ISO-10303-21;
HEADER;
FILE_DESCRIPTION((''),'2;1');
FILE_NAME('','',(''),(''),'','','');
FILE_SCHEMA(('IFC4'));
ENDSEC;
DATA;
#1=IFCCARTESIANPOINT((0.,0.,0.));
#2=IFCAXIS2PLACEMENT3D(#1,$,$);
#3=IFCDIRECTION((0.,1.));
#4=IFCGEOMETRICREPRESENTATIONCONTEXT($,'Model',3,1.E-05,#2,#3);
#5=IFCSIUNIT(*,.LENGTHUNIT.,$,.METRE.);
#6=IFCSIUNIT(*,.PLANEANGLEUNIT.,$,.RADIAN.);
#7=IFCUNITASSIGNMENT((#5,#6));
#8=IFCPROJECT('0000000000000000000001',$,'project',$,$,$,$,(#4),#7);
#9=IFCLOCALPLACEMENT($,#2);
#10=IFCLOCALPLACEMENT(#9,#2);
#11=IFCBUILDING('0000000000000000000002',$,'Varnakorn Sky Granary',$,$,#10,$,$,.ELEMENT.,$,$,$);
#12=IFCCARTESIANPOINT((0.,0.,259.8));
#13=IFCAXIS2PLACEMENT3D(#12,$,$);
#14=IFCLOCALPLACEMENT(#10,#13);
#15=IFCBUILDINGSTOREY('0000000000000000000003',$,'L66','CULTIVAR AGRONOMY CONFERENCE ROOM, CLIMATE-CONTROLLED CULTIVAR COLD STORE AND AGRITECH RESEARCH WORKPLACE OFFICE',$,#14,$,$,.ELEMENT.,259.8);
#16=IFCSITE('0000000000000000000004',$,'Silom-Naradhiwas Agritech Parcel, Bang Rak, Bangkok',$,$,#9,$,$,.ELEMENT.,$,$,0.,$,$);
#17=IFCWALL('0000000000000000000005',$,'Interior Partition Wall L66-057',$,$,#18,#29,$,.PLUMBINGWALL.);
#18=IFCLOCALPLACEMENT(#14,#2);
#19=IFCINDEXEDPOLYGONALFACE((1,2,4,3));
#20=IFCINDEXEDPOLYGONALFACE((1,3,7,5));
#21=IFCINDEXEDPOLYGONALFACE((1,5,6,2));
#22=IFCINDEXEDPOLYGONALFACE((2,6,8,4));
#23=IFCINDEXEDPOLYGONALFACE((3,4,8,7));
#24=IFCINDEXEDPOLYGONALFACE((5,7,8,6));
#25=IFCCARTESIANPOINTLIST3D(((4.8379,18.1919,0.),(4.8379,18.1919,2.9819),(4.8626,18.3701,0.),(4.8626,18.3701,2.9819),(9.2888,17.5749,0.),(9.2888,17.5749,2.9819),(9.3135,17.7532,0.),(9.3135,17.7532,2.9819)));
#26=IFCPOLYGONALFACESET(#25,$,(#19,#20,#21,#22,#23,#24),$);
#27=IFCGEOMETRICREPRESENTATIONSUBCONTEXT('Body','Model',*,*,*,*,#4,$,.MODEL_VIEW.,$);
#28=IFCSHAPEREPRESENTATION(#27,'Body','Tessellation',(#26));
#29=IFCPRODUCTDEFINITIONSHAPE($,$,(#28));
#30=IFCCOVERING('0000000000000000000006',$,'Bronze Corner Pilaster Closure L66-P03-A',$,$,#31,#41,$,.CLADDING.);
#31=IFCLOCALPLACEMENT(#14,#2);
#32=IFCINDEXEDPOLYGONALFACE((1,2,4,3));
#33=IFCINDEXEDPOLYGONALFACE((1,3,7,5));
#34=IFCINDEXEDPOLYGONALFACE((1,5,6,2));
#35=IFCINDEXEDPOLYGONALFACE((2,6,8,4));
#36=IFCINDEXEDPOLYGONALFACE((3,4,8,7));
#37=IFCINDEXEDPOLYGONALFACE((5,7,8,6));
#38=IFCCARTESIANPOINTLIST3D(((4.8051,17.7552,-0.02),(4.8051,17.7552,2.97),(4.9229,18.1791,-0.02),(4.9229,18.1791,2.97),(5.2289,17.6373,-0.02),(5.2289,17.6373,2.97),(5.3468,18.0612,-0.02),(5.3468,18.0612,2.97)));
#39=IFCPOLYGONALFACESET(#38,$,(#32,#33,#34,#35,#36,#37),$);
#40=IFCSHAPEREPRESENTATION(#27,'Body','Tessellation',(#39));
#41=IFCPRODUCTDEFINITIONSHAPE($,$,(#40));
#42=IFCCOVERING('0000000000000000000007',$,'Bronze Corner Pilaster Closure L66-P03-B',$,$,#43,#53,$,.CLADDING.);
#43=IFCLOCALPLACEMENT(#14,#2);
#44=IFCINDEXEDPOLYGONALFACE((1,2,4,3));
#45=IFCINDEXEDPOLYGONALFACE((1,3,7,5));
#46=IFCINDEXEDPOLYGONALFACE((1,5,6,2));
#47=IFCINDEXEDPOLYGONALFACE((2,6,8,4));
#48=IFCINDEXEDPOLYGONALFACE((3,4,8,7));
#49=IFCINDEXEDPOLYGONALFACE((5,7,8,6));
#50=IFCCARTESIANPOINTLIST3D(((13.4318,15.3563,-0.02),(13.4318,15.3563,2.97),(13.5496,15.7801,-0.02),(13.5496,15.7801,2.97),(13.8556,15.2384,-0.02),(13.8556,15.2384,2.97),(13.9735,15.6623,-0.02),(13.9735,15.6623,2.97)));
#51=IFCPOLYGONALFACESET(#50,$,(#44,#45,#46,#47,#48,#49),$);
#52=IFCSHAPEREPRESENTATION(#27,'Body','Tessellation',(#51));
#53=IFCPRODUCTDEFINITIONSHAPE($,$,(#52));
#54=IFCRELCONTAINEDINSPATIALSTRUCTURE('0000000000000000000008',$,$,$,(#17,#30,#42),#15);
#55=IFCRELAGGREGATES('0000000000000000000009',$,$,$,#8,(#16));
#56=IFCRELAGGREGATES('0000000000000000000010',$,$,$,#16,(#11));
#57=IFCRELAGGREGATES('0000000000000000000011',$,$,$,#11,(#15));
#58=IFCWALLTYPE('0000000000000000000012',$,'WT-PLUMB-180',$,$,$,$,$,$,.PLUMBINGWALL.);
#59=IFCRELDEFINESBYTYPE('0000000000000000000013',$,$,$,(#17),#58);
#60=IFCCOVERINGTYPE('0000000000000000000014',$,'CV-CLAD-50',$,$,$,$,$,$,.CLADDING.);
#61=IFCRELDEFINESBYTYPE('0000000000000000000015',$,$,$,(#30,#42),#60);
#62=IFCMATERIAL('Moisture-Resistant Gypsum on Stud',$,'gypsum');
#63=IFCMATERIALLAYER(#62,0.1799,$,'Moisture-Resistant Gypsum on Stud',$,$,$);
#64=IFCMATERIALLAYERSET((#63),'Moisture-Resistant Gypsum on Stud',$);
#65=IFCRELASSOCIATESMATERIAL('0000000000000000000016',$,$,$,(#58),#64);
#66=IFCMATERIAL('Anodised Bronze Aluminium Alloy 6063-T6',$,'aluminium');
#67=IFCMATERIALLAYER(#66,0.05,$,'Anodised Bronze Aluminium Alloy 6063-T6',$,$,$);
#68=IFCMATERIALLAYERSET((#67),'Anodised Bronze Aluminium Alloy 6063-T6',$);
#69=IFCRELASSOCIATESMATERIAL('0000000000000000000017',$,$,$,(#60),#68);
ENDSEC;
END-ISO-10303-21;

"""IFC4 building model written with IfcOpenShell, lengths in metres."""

from ifc_helpers import new_model, si_unit, direction, frame, frame_2d, origin, origin_2d, place, context, subcontext, project, spatial, rectangle, extrude, source, transform, mapped, material, layer, layer_set, type_object, type_shapes, element, save


model = new_model("IFC4")

# Units and contexts
model_context = context("Model", 3, precision=1e-05, world=origin(), true_north=direction((0.0, 1.0)))
body_context = subcontext(model_context, "Body", "Model", "MODEL_VIEW")
ifc_project = project(units=[si_unit("LENGTHUNIT", "METRE"), si_unit("PLANEANGLEUNIT", "RADIAN")], contexts=[model_context])

# Site, building, storey
site_placement = place(None, origin())
site = spatial("IfcSite", under=ifc_project, at=site_placement, Name="Silom-Naradhiwas Agritech Parcel, Bang Rak, Bangkok", CompositionType="ELEMENT", RefElevation=0.0)
building_placement = place(site_placement, origin())
building = spatial("IfcBuilding", under=site, at=building_placement, Name="Varnakorn Sky Granary", CompositionType="ELEMENT")
storey_placement = place(building_placement, frame((0.0, 0.0, 259.8)))
storey = spatial("IfcBuildingStorey", under=building, at=storey_placement, Name="L66", Description="CULTIVAR AGRONOMY CONFERENCE ROOM, CLIMATE-CONTROLLED CULTIVAR COLD STORE AND AGRITECH RESEARCH WORKPLACE OFFICE", CompositionType="ELEMENT", Elevation=259.8)

# Shared definitions
ifc_material_1 = material(Name="Anodised Bronze Aluminium Alloy 6063-T6", Category="aluminium")

# Shared definitions
ifc_material_2 = material(Name="Moisture-Resistant Gypsum on Stud", Category="gypsum")
ifc_layer_1 = layer(ifc_material_2, 0.1799, Name="Moisture-Resistant Gypsum on Stud")
ifc_layer_set_1 = layer_set([ifc_layer_1], Name="Moisture-Resistant Gypsum on Stud")
wall_type_1 = type_object("IfcWallType", Name="WT-PLUMB-180", PredefinedType="PLUMBINGWALL", material=ifc_layer_set_1)

# Wall
wall_1_placement = place(storey_placement, frame((9.301, 17.6641, 0.0), z_axis=(0.0, 0.0, 1.0), x_axis=(-0.99053, 0.137297, 0.0)))
element("IfcWall", 1, at=wall_1_placement, inside=storey, type_object=wall_type_1, Name="Interior Partition Wall L66-057", PredefinedType="PLUMBINGWALL", context=body_context, shape_type="SweptSolid", body=[
    extrude(rectangle(XDim=4.4934, YDim=0.1799, at=frame_2d((2.2466, 0.0))), origin(), (0.0, 0.0, 1.0), 2.9819),
])

# Coverings
ifc_layer_2 = layer(ifc_material_1, 0.05, Name="Anodised Bronze Aluminium Alloy 6063-T6")
ifc_layer_set_2 = layer_set([ifc_layer_2], Name="Anodised Bronze Aluminium Alloy 6063-T6")
covering_type = type_object("IfcCoveringType", Name="CV-CLAD-50", PredefinedType="CLADDING", material=ifc_layer_set_2)
shared_shape = source(origin(), body_context, "Body", "SweptSolid", [
    extrude(rectangle(XDim=0.4399, YDim=0.4399, at=origin_2d()), origin(), (0.0, 0.0, 1.0), 2.99),
])
type_shapes(covering_type, [shared_shape])
for number, where, z_axis, x_axis, name in (
    (2, (5.0759, 17.9082, -0.02), (0.0, 0.0, 1.0), (0.963444, -0.267911, 0.0), "Bronze Corner Pilaster Closure L66-P03-A"),
    (3, (13.7026, 15.5093, -0.02), (0.0, 0.0, 1.0), (0.963444, -0.267911, 0.0), "Bronze Corner Pilaster Closure L66-P03-B"),
):
    element("IfcCovering", number, at=place(storey_placement, frame(where, z_axis=z_axis, x_axis=x_axis)), inside=storey, type_object=covering_type, Name=name, PredefinedType="CLADDING", context=body_context, shape_type="MappedRepresentation", body=[
        mapped(shared_shape, transform((0.0, 0.0, 0.0), x_axis=(1.0, 0.0, 0.0), y_axis=(0.0, 1.0, 0.0), z_axis=(0.0, 0.0, 1.0), scale=1.0)),
    ])

save(model, "model.ifc")
